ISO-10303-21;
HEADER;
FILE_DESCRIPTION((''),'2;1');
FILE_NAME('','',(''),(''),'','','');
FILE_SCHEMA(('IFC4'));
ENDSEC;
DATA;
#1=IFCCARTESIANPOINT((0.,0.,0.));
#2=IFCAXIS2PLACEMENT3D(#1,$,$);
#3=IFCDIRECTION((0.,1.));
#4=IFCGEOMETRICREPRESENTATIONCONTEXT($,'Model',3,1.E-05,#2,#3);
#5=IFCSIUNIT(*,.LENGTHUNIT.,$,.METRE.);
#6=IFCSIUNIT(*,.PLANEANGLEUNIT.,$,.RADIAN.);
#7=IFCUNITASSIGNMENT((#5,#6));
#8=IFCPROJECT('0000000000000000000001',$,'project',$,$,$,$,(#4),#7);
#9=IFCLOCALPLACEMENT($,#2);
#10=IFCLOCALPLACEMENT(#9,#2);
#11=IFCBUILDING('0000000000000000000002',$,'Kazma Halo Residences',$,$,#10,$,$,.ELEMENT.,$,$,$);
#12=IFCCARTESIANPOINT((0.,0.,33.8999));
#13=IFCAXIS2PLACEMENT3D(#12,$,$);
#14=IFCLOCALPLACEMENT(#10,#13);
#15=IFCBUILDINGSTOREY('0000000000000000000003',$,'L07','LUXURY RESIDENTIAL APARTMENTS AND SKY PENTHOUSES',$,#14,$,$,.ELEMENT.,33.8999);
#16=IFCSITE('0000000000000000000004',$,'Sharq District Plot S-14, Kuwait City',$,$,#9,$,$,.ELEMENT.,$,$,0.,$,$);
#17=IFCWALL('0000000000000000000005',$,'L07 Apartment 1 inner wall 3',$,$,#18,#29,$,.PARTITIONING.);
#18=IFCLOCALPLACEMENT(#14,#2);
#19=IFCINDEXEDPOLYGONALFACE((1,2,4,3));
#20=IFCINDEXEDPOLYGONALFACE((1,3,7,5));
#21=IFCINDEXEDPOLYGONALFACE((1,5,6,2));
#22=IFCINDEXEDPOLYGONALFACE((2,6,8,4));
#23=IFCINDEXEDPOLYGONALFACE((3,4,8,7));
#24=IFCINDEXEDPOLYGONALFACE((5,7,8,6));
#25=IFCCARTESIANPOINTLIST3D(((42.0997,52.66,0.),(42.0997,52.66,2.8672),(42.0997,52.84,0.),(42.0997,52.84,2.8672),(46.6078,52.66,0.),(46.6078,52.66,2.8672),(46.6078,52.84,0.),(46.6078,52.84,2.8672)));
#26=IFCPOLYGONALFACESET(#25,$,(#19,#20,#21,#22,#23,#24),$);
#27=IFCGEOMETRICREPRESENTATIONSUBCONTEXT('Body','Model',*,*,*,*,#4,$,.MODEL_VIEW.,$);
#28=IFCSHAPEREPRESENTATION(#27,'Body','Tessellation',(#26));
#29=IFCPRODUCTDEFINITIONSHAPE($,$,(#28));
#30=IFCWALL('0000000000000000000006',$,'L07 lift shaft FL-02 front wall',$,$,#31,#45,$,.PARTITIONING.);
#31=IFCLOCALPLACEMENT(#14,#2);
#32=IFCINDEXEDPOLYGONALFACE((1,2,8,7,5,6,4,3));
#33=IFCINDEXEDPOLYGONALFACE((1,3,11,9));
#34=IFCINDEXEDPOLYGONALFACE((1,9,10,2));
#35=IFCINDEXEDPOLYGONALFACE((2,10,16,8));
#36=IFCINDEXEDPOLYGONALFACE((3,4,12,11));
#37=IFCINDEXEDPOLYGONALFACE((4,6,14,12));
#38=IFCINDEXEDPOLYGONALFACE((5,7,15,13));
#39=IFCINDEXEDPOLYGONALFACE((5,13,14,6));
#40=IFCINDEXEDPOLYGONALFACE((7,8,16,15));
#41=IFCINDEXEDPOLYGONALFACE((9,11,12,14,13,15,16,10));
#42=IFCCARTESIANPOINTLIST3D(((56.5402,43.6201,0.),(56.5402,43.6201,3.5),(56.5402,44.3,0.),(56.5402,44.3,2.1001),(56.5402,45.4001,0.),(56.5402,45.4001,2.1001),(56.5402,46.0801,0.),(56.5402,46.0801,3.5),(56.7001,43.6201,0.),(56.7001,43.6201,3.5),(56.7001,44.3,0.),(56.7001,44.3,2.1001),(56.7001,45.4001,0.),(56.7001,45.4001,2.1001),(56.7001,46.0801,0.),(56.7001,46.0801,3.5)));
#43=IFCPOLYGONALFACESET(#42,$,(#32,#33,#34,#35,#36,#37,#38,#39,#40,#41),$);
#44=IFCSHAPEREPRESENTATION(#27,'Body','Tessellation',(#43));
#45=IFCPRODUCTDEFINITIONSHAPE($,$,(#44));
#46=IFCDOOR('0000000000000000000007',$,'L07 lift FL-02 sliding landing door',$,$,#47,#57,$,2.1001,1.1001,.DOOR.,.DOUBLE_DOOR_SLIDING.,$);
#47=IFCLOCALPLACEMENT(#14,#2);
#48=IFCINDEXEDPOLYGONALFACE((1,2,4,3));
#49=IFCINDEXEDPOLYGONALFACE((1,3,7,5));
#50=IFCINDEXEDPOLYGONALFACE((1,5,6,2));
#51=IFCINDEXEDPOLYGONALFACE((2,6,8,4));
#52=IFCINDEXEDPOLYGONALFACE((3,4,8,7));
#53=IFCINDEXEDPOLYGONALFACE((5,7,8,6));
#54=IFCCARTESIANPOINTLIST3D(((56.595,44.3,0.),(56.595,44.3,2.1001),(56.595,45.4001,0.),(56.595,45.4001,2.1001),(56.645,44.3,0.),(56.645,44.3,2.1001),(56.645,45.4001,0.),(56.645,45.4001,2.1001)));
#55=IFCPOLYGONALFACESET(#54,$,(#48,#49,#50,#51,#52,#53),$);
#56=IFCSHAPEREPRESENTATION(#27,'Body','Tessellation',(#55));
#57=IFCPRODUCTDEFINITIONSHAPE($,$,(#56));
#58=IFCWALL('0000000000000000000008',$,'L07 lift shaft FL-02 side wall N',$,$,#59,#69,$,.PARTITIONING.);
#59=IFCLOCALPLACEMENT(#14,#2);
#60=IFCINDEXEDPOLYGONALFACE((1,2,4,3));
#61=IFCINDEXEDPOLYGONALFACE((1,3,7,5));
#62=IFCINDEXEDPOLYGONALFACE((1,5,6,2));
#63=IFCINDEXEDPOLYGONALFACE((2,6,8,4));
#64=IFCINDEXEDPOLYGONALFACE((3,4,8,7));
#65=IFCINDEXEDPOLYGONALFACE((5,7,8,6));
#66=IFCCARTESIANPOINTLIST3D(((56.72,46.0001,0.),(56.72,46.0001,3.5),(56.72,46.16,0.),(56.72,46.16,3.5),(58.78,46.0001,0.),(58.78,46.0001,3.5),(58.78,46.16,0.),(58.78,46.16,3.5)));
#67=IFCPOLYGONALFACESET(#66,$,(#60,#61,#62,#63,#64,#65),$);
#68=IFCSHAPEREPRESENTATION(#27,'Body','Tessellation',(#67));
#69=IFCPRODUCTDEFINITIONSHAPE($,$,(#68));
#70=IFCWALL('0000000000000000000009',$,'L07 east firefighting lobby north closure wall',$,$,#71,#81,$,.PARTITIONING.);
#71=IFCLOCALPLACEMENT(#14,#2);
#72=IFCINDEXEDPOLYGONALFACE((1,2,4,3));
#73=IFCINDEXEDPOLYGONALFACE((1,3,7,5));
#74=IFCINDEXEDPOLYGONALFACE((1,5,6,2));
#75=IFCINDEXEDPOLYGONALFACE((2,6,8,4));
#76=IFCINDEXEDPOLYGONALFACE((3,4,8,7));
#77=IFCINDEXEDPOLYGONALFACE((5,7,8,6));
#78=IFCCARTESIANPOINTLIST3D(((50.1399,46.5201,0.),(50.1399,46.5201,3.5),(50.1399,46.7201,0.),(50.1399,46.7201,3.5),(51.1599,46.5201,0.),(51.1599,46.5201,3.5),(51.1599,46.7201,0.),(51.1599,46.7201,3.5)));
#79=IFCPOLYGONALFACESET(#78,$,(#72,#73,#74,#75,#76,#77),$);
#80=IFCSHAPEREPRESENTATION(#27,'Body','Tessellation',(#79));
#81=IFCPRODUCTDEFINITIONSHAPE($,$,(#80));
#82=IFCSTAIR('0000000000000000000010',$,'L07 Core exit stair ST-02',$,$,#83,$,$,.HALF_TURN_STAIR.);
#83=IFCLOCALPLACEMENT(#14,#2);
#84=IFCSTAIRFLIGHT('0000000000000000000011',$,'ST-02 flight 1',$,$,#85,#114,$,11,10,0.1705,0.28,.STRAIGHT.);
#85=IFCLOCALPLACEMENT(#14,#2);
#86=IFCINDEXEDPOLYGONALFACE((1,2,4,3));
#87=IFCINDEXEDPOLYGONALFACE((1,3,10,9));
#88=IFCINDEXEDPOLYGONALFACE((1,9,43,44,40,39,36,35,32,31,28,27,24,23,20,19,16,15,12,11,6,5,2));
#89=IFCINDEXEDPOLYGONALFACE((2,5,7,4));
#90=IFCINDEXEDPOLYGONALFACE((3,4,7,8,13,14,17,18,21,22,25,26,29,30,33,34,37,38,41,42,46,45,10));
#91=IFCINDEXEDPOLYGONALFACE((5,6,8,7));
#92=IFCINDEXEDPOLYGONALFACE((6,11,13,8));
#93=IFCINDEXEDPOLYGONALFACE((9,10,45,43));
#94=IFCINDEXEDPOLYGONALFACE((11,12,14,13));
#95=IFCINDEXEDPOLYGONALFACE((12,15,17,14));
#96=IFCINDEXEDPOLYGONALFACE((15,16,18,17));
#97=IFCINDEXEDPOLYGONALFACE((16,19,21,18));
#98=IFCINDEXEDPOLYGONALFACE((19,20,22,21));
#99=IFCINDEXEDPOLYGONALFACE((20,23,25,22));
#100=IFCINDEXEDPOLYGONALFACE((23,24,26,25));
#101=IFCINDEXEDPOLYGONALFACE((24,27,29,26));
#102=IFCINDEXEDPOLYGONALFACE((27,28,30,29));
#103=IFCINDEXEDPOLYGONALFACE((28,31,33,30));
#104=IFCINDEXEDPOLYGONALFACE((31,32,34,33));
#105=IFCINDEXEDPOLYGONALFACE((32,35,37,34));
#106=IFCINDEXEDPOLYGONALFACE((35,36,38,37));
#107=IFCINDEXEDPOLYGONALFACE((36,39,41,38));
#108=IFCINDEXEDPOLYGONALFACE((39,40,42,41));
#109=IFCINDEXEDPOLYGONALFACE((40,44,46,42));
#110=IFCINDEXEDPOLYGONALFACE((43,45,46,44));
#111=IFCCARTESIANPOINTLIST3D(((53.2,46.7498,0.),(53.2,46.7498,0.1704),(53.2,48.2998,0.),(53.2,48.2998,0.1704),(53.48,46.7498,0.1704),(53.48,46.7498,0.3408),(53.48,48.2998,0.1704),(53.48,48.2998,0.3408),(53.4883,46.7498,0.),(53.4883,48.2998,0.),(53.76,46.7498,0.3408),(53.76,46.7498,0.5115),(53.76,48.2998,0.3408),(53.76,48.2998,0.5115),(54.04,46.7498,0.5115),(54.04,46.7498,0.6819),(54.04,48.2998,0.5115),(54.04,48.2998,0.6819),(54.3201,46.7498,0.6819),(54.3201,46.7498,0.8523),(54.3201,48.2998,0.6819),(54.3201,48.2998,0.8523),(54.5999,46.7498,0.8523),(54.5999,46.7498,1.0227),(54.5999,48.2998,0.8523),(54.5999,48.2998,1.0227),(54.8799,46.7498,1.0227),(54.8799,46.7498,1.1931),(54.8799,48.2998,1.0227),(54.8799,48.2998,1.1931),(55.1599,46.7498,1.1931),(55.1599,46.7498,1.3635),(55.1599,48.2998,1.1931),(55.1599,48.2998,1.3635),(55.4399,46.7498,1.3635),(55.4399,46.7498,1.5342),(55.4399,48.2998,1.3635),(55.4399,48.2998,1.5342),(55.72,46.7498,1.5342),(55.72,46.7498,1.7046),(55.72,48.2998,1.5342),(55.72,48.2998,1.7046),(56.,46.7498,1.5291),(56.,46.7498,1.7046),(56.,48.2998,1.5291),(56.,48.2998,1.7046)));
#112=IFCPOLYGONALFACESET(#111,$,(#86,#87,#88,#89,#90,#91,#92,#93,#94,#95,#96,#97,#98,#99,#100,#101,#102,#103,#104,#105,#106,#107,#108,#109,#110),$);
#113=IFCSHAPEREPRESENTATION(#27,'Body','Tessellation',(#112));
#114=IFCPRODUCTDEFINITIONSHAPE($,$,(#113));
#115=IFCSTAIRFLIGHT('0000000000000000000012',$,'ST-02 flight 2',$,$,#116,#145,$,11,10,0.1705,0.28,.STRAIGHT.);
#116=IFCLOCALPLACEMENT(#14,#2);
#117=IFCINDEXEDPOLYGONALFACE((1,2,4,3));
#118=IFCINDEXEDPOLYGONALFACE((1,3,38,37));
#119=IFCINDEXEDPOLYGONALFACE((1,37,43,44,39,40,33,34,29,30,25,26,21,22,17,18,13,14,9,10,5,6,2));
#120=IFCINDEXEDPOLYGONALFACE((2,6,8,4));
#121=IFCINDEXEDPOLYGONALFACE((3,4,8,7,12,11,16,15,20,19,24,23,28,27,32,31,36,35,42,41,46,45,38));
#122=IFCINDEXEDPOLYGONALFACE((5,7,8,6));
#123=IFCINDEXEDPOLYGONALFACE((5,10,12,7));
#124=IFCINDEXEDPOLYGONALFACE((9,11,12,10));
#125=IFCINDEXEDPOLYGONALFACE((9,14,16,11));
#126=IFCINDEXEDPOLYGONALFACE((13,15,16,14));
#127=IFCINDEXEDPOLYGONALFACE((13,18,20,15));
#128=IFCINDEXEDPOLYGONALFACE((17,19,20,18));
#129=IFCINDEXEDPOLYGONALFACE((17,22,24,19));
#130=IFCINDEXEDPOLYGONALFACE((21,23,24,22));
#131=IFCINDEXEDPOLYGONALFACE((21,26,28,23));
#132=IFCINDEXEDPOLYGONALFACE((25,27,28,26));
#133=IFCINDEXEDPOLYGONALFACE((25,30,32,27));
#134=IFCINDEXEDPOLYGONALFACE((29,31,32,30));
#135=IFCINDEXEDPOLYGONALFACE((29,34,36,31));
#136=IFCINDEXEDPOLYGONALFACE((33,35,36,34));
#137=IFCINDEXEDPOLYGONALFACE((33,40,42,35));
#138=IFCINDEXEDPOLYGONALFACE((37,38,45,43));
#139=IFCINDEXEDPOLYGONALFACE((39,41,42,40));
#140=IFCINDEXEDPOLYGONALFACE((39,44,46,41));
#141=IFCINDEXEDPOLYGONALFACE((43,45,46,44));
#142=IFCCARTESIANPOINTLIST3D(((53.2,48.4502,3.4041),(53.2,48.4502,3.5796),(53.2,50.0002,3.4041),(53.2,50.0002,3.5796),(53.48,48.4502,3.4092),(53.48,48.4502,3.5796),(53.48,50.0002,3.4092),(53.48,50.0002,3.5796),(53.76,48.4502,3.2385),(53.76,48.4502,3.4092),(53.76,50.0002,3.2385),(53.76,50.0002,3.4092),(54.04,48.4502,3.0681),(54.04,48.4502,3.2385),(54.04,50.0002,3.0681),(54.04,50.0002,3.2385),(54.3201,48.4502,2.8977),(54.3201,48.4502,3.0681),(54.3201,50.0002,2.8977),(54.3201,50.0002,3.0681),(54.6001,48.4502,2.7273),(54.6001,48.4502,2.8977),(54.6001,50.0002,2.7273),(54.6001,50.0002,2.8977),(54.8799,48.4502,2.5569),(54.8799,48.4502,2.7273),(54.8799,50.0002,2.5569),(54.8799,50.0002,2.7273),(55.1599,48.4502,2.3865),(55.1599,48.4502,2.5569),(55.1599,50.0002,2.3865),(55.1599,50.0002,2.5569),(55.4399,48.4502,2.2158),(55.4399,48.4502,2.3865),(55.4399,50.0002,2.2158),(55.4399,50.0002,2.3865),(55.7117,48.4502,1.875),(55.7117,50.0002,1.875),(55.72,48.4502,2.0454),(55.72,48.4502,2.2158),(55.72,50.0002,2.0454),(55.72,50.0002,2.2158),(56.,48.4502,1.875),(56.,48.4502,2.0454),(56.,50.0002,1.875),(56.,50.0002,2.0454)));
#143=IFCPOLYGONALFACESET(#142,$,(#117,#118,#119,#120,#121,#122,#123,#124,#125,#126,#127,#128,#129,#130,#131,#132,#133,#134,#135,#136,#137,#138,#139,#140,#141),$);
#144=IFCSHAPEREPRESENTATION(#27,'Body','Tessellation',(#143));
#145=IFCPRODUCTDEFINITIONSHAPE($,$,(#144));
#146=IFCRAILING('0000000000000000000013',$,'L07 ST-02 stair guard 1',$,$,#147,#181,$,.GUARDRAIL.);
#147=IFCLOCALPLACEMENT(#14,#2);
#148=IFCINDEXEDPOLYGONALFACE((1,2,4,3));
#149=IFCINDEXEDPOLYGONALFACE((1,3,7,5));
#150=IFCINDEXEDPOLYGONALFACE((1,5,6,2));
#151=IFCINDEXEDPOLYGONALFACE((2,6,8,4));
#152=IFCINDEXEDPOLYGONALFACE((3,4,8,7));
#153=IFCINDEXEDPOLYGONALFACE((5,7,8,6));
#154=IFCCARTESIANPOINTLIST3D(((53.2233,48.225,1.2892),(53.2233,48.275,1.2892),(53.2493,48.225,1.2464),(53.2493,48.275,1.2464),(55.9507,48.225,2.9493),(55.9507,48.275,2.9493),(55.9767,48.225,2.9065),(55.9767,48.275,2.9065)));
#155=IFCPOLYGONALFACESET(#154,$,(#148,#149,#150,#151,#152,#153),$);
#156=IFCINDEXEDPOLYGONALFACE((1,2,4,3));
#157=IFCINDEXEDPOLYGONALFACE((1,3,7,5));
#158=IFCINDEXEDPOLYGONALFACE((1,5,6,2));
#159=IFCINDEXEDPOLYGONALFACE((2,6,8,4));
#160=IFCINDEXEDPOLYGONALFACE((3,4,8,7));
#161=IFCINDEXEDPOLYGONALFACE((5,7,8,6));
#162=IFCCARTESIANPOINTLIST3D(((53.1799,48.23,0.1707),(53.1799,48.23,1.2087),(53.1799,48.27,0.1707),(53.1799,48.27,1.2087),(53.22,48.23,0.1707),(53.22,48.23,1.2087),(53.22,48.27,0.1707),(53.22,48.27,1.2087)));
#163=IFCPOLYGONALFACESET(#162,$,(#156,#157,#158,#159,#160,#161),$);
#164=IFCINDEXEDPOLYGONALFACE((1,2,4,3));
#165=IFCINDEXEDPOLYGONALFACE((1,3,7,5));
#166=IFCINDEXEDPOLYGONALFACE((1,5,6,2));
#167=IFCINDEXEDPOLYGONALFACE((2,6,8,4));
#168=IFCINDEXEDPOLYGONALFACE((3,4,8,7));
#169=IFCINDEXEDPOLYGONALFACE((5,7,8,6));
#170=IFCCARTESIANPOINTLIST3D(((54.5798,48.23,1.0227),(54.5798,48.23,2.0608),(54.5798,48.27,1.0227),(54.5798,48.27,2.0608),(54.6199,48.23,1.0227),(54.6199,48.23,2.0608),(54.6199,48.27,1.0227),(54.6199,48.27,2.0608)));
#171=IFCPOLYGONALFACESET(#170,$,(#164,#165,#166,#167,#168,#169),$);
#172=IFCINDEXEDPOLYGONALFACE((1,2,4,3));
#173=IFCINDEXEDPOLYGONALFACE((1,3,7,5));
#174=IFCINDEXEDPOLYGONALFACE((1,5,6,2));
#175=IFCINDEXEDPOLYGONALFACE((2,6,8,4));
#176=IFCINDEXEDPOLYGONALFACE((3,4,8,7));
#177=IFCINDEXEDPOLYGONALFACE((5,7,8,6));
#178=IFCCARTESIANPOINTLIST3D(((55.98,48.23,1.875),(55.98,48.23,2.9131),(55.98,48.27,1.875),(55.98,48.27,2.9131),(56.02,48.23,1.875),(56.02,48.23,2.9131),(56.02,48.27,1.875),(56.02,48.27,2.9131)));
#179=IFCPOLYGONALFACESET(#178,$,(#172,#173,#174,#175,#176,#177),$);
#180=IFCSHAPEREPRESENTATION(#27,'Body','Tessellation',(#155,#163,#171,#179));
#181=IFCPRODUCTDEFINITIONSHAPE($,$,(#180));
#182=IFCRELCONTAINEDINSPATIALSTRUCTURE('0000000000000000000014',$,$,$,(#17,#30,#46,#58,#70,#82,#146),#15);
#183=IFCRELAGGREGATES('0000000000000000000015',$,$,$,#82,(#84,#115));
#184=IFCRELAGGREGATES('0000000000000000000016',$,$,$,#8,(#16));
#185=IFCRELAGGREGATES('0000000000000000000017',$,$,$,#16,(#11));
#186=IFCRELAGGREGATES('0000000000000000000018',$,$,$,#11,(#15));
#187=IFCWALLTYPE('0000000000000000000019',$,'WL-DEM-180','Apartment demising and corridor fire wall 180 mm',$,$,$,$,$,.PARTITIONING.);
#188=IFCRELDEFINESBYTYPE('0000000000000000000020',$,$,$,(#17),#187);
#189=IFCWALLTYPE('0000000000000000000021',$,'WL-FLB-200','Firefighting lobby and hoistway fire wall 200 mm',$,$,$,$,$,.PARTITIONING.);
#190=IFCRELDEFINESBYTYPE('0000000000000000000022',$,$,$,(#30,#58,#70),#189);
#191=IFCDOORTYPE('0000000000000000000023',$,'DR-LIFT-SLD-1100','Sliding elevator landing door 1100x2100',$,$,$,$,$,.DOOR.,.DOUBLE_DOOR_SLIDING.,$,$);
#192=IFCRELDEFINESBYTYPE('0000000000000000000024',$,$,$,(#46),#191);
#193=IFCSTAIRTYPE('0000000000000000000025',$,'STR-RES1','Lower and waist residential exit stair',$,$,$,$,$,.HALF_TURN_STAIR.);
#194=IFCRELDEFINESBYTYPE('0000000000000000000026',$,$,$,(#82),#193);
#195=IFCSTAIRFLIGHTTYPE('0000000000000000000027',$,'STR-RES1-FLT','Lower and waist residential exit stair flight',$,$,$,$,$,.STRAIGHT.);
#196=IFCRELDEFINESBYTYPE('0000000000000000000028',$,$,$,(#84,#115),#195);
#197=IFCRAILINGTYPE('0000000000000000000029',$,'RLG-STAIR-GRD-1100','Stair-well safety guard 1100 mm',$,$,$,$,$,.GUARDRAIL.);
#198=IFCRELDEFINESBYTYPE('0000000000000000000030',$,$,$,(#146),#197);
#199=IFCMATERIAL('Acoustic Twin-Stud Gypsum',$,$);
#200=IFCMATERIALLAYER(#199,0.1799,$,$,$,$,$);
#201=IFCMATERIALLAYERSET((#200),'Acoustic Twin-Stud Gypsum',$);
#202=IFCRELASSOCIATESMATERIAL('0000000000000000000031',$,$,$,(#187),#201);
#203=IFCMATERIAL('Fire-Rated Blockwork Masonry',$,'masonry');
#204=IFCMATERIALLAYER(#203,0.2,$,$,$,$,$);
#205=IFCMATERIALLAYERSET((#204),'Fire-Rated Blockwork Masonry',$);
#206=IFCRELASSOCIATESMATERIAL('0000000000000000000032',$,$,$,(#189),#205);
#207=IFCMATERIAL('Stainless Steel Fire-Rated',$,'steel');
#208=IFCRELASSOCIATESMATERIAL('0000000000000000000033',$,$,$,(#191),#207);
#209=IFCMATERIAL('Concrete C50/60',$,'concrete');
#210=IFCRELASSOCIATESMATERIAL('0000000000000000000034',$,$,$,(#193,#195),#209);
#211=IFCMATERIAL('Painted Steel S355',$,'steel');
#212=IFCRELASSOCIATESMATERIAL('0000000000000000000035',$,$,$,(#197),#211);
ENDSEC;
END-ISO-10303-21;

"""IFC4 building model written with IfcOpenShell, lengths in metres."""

from ifc_helpers import new_model, si_unit, direction, frame, frame_2d, origin, origin_2d, place, context, subcontext, project, spatial, polyline, rectangle, outline, extrude, material, layer, layer_set, type_object, element, fill, aggregate, save


model = new_model("IFC4")

# Units and contexts
model_context = context("Model", 3, precision=1e-05, world=origin(), true_north=direction((0.0, 1.0)))
body_context = subcontext(model_context, "Body", "Model", "MODEL_VIEW")
ifc_project = project(units=[si_unit("LENGTHUNIT", "METRE"), si_unit("PLANEANGLEUNIT", "RADIAN")], contexts=[model_context])

# Site, building, storey
site_placement = place(None, origin())
site = spatial("IfcSite", under=ifc_project, at=site_placement, Name="Sharq District Plot S-14, Kuwait City", CompositionType="ELEMENT", RefElevation=0.0)
building_placement = place(site_placement, origin())
building = spatial("IfcBuilding", under=site, at=building_placement, Name="Kazma Halo Residences", CompositionType="ELEMENT")
storey_placement = place(building_placement, frame((0.0, 0.0, 33.8999)))
storey = spatial("IfcBuildingStorey", under=building, at=storey_placement, Name="L07", Description="LUXURY RESIDENTIAL APARTMENTS AND SKY PENTHOUSES", CompositionType="ELEMENT", Elevation=33.8999)

# Wall
ifc_material_1 = material(Name="Acoustic Twin-Stud Gypsum")
ifc_layer_1 = layer(ifc_material_1, 0.1799)
ifc_layer_set_1 = layer_set([ifc_layer_1], Name="Acoustic Twin-Stud Gypsum")
wall_type_1 = type_object("IfcWallType", Name="WL-DEM-180", Description="Apartment demising and corridor fire wall 180 mm", PredefinedType="PARTITIONING", material=ifc_layer_set_1)
wall_1_placement = place(storey_placement, frame((46.6077, 52.75, 0.0), z_axis=(0.0, 0.0, 1.0), x_axis=(-1.0, 0.0, 0.0)))
element("IfcWall", 1, at=wall_1_placement, inside=storey, type_object=wall_type_1, Name="L07 Apartment 1 inner wall 3", PredefinedType="PARTITIONING", context=body_context, shape_type="SweptSolid", body=[
    extrude(rectangle(XDim=4.5081, YDim=0.1799, at=frame_2d((2.2539, 0.0))), origin(), (0.0, 0.0, 1.0), 2.8672),
])

# Wall, opening, door
ifc_material_2 = material(Name="Fire-Rated Blockwork Masonry", Category="masonry")
ifc_layer_2 = layer(ifc_material_2, 0.2)
ifc_layer_set_2 = layer_set([ifc_layer_2], Name="Fire-Rated Blockwork Masonry")
wall_type_2 = type_object("IfcWallType", Name="WL-FLB-200", Description="Firefighting lobby and hoistway fire wall 200 mm", PredefinedType="PARTITIONING", material=ifc_layer_set_2)
wall_2_placement = place(storey_placement, frame((56.6201, 46.0801, 0.0), z_axis=(0.0, 0.0, 1.0), x_axis=(0.0, -1.0, 0.0)))
wall_2 = element("IfcWall", 2, at=wall_2_placement, inside=storey, type_object=wall_type_2, Name="L07 lift shaft FL-02 front wall", PredefinedType="PARTITIONING", context=body_context, shape_type="SweptSolid", body=[
    extrude(rectangle(XDim=2.46, YDim=0.1599, at=frame_2d((1.23, 0.0))), origin(), (0.0, 0.0, 1.0), 3.5),
])
opening_1_placement = place(wall_2_placement, frame((0.6799, 0.0, 0.0)))
opening_1 = element("IfcOpeningElement", 3, at=opening_1_placement, cuts=wall_2, PredefinedType="OPENING", context=body_context, shape_type="SweptSolid", body=[
    extrude(rectangle(XDim=1.1001, YDim=2.1001, at=frame_2d((0.55, 1.05))), frame((0.0, 0.0898, 0.0), z_axis=(0.0, -1.0, 0.0), x_axis=(1.0, 0.0, 0.0)), (0.0, 0.0, 1.0), 0.1799),
])
ifc_material_3 = material(Name="Stainless Steel Fire-Rated", Category="steel")
door_type_1 = type_object("IfcDoorType", Name="DR-LIFT-SLD-1100", Description="Sliding elevator landing door 1100x2100", OperationType="DOUBLE_DOOR_SLIDING", PredefinedType="DOOR", material=ifc_material_3)
door_1_placement = place(opening_1_placement, origin())
door_1 = element("IfcDoor", 4, at=door_1_placement, inside=storey, type_object=door_type_1, Name="L07 lift FL-02 sliding landing door", OperationType="DOUBLE_DOOR_SLIDING", OverallHeight=2.1001, OverallWidth=1.1001, PredefinedType="DOOR", context=body_context, shape_type="SweptSolid", body=[
    extrude(rectangle(XDim=1.1001, YDim=2.1001, at=frame_2d((0.55, 1.05))), frame((0.0, 0.0249, 0.0), z_axis=(0.0, -1.0, 0.0), x_axis=(1.0, 0.0, 0.0)), (0.0, 0.0, 1.0), 0.05),
])
fill(opening_1, door_1)

# Walls
wall_3_placement = place(storey_placement, frame((56.72, 46.0801, 0.0), z_axis=(0.0, 0.0, 1.0), x_axis=(1.0, 0.0, 0.0)))
element("IfcWall", 5, at=wall_3_placement, inside=storey, type_object=wall_type_2, Name="L07 lift shaft FL-02 side wall N", PredefinedType="PARTITIONING", context=body_context, shape_type="SweptSolid", body=[
    extrude(rectangle(XDim=2.0601, YDim=0.1599, at=frame_2d((1.03, 0.0))), origin(), (0.0, 0.0, 1.0), 3.5),
])
wall_4_placement = place(storey_placement, frame((50.1399, 46.6201, 0.0), z_axis=(0.0, 0.0, 1.0), x_axis=(1.0, 0.0, 0.0)))
element("IfcWall", 6, at=wall_4_placement, inside=storey, type_object=wall_type_2, Name="L07 east firefighting lobby north closure wall", PredefinedType="PARTITIONING", context=body_context, shape_type="SweptSolid", body=[
    extrude(rectangle(XDim=1.02, YDim=0.2, at=frame_2d((0.51, 0.0))), origin(), (0.0, 0.0, 1.0), 3.5),
])

# Shared definitions
ifc_material_4 = material(Name="Concrete C50/60", Category="concrete")

# Stair, stair flights
stair_type = type_object("IfcStairType", Name="STR-RES1", Description="Lower and waist residential exit stair", PredefinedType="HALF_TURN_STAIR", material=ifc_material_4)
stair_placement = place(storey_placement, origin())
stair = element("IfcStair", 7, at=stair_placement, inside=storey, type_object=stair_type, Name="L07 Core exit stair ST-02", PredefinedType="HALF_TURN_STAIR")
stair_flight_type = type_object("IfcStairFlightType", Name="STR-RES1-FLT", Description="Lower and waist residential exit stair flight", PredefinedType="STRAIGHT", material=ifc_material_4)
stair_flight_1_placement = place(storey_placement, frame((53.2, 47.5249, 0.0), z_axis=(0.0, 0.0, 1.0), x_axis=(1.0, 0.0, 0.0)))
stair_flight_1 = element("IfcStairFlight", 8, at=stair_flight_1_placement, type_object=stair_flight_type, Name="ST-02 flight 1", NumberOfRisers=11, NumberOfTreads=10, PredefinedType="STRAIGHT", RiserHeight=0.1705, TreadLength=0.28, context=body_context, shape_type="SweptSolid", body=[
    extrude(outline(polyline([(0.0, 0.0), (0.0, 0.1704), (0.28, 0.1704), (0.28, 0.3408), (0.5601, 0.3408), (0.5601, 0.5115), (0.8401, 0.5115), (0.8401, 0.6819), (1.1201, 0.6819), (1.1201, 0.8523), (1.3999, 0.8523), (1.3999, 1.0227), (1.6799, 1.0227), (1.6799, 1.1931), (1.96, 1.1931), (1.96, 1.3635), (2.24, 1.3635), (2.24, 1.5342), (2.52, 1.5342), (2.52, 1.7046), (2.8, 1.7046), (2.8, 1.875), (2.8, 1.5291), (0.2883, 0.0), (0.0, 0.0)])), frame((0.0, 0.7749, 0.0), z_axis=(0.0, -1.0, 0.0), x_axis=(1.0, 0.0, 0.0)), (0.0, 0.0, 1.0), 1.55),
])
stair_flight_2_placement = place(storey_placement, frame((56.0, 49.2251, 1.875), z_axis=(0.0, 0.0, 1.0), x_axis=(-1.0, 0.0, 0.0)))
stair_flight_2 = element("IfcStairFlight", 9, at=stair_flight_2_placement, type_object=stair_flight_type, Name="ST-02 flight 2", NumberOfRisers=11, NumberOfTreads=10, PredefinedType="STRAIGHT", RiserHeight=0.1705, TreadLength=0.28, context=body_context, shape_type="SweptSolid", body=[
    extrude(outline(polyline([(0.0, 0.0), (0.0, 0.1704), (0.28, 0.1704), (0.28, 0.3408), (0.5601, 0.3408), (0.5601, 0.5115), (0.8401, 0.5115), (0.8401, 0.6819), (1.1201, 0.6819), (1.1201, 0.8523), (1.3999, 0.8523), (1.3999, 1.0227), (1.6799, 1.0227), (1.6799, 1.1931), (1.96, 1.1931), (1.96, 1.3635), (2.24, 1.3635), (2.24, 1.5342), (2.52, 1.5342), (2.52, 1.7046), (2.8, 1.7046), (2.8, 1.875), (2.8, 1.5291), (0.2883, 0.0), (0.0, 0.0)])), frame((0.0, 0.7749, 0.0), z_axis=(0.0, -1.0, 0.0), x_axis=(1.0, 0.0, 0.0)), (0.0, 0.0, 1.0), 1.55),
])
aggregate(stair, [stair_flight_1, stair_flight_2])

# Railing
ifc_material_5 = material(Name="Painted Steel S355", Category="steel")
railing_type_1 = type_object("IfcRailingType", Name="RLG-STAIR-GRD-1100", Description="Stair-well safety guard 1100 mm", PredefinedType="GUARDRAIL", material=ifc_material_5)
railing_1_placement = place(storey_placement, frame((53.2, 48.25, 0.1707)))
element("IfcRailing", 10, at=railing_1_placement, inside=storey, type_object=railing_type_1, Name="L07 ST-02 stair guard 1", PredefinedType="GUARDRAIL", context=body_context, shape_type="SweptSolid", body=[
    extrude(rectangle(XDim=0.05, YDim=0.05, at=origin_2d()), frame((0.0364, 0.0, 1.0972), z_axis=(0.854203, 0.0, 0.51994), x_axis=(0.0, 1.0, 0.0)), (0.0, 0.0, 1.0), 3.1929),
    extrude(rectangle(XDim=0.04, YDim=0.04, at=origin_2d()), origin(), (0.0, 0.0, 1.0), 1.0381),
    extrude(rectangle(XDim=0.04, YDim=0.04, at=origin_2d()), frame((1.3999, 0.0, 0.8521)), (0.0, 0.0, 1.0), 1.0381),
    extrude(rectangle(XDim=0.04, YDim=0.04, at=origin_2d()), frame((2.8, 0.0, 1.7043)), (0.0, 0.0, 1.0), 1.0381),
])

save(model, "model.ifc")
